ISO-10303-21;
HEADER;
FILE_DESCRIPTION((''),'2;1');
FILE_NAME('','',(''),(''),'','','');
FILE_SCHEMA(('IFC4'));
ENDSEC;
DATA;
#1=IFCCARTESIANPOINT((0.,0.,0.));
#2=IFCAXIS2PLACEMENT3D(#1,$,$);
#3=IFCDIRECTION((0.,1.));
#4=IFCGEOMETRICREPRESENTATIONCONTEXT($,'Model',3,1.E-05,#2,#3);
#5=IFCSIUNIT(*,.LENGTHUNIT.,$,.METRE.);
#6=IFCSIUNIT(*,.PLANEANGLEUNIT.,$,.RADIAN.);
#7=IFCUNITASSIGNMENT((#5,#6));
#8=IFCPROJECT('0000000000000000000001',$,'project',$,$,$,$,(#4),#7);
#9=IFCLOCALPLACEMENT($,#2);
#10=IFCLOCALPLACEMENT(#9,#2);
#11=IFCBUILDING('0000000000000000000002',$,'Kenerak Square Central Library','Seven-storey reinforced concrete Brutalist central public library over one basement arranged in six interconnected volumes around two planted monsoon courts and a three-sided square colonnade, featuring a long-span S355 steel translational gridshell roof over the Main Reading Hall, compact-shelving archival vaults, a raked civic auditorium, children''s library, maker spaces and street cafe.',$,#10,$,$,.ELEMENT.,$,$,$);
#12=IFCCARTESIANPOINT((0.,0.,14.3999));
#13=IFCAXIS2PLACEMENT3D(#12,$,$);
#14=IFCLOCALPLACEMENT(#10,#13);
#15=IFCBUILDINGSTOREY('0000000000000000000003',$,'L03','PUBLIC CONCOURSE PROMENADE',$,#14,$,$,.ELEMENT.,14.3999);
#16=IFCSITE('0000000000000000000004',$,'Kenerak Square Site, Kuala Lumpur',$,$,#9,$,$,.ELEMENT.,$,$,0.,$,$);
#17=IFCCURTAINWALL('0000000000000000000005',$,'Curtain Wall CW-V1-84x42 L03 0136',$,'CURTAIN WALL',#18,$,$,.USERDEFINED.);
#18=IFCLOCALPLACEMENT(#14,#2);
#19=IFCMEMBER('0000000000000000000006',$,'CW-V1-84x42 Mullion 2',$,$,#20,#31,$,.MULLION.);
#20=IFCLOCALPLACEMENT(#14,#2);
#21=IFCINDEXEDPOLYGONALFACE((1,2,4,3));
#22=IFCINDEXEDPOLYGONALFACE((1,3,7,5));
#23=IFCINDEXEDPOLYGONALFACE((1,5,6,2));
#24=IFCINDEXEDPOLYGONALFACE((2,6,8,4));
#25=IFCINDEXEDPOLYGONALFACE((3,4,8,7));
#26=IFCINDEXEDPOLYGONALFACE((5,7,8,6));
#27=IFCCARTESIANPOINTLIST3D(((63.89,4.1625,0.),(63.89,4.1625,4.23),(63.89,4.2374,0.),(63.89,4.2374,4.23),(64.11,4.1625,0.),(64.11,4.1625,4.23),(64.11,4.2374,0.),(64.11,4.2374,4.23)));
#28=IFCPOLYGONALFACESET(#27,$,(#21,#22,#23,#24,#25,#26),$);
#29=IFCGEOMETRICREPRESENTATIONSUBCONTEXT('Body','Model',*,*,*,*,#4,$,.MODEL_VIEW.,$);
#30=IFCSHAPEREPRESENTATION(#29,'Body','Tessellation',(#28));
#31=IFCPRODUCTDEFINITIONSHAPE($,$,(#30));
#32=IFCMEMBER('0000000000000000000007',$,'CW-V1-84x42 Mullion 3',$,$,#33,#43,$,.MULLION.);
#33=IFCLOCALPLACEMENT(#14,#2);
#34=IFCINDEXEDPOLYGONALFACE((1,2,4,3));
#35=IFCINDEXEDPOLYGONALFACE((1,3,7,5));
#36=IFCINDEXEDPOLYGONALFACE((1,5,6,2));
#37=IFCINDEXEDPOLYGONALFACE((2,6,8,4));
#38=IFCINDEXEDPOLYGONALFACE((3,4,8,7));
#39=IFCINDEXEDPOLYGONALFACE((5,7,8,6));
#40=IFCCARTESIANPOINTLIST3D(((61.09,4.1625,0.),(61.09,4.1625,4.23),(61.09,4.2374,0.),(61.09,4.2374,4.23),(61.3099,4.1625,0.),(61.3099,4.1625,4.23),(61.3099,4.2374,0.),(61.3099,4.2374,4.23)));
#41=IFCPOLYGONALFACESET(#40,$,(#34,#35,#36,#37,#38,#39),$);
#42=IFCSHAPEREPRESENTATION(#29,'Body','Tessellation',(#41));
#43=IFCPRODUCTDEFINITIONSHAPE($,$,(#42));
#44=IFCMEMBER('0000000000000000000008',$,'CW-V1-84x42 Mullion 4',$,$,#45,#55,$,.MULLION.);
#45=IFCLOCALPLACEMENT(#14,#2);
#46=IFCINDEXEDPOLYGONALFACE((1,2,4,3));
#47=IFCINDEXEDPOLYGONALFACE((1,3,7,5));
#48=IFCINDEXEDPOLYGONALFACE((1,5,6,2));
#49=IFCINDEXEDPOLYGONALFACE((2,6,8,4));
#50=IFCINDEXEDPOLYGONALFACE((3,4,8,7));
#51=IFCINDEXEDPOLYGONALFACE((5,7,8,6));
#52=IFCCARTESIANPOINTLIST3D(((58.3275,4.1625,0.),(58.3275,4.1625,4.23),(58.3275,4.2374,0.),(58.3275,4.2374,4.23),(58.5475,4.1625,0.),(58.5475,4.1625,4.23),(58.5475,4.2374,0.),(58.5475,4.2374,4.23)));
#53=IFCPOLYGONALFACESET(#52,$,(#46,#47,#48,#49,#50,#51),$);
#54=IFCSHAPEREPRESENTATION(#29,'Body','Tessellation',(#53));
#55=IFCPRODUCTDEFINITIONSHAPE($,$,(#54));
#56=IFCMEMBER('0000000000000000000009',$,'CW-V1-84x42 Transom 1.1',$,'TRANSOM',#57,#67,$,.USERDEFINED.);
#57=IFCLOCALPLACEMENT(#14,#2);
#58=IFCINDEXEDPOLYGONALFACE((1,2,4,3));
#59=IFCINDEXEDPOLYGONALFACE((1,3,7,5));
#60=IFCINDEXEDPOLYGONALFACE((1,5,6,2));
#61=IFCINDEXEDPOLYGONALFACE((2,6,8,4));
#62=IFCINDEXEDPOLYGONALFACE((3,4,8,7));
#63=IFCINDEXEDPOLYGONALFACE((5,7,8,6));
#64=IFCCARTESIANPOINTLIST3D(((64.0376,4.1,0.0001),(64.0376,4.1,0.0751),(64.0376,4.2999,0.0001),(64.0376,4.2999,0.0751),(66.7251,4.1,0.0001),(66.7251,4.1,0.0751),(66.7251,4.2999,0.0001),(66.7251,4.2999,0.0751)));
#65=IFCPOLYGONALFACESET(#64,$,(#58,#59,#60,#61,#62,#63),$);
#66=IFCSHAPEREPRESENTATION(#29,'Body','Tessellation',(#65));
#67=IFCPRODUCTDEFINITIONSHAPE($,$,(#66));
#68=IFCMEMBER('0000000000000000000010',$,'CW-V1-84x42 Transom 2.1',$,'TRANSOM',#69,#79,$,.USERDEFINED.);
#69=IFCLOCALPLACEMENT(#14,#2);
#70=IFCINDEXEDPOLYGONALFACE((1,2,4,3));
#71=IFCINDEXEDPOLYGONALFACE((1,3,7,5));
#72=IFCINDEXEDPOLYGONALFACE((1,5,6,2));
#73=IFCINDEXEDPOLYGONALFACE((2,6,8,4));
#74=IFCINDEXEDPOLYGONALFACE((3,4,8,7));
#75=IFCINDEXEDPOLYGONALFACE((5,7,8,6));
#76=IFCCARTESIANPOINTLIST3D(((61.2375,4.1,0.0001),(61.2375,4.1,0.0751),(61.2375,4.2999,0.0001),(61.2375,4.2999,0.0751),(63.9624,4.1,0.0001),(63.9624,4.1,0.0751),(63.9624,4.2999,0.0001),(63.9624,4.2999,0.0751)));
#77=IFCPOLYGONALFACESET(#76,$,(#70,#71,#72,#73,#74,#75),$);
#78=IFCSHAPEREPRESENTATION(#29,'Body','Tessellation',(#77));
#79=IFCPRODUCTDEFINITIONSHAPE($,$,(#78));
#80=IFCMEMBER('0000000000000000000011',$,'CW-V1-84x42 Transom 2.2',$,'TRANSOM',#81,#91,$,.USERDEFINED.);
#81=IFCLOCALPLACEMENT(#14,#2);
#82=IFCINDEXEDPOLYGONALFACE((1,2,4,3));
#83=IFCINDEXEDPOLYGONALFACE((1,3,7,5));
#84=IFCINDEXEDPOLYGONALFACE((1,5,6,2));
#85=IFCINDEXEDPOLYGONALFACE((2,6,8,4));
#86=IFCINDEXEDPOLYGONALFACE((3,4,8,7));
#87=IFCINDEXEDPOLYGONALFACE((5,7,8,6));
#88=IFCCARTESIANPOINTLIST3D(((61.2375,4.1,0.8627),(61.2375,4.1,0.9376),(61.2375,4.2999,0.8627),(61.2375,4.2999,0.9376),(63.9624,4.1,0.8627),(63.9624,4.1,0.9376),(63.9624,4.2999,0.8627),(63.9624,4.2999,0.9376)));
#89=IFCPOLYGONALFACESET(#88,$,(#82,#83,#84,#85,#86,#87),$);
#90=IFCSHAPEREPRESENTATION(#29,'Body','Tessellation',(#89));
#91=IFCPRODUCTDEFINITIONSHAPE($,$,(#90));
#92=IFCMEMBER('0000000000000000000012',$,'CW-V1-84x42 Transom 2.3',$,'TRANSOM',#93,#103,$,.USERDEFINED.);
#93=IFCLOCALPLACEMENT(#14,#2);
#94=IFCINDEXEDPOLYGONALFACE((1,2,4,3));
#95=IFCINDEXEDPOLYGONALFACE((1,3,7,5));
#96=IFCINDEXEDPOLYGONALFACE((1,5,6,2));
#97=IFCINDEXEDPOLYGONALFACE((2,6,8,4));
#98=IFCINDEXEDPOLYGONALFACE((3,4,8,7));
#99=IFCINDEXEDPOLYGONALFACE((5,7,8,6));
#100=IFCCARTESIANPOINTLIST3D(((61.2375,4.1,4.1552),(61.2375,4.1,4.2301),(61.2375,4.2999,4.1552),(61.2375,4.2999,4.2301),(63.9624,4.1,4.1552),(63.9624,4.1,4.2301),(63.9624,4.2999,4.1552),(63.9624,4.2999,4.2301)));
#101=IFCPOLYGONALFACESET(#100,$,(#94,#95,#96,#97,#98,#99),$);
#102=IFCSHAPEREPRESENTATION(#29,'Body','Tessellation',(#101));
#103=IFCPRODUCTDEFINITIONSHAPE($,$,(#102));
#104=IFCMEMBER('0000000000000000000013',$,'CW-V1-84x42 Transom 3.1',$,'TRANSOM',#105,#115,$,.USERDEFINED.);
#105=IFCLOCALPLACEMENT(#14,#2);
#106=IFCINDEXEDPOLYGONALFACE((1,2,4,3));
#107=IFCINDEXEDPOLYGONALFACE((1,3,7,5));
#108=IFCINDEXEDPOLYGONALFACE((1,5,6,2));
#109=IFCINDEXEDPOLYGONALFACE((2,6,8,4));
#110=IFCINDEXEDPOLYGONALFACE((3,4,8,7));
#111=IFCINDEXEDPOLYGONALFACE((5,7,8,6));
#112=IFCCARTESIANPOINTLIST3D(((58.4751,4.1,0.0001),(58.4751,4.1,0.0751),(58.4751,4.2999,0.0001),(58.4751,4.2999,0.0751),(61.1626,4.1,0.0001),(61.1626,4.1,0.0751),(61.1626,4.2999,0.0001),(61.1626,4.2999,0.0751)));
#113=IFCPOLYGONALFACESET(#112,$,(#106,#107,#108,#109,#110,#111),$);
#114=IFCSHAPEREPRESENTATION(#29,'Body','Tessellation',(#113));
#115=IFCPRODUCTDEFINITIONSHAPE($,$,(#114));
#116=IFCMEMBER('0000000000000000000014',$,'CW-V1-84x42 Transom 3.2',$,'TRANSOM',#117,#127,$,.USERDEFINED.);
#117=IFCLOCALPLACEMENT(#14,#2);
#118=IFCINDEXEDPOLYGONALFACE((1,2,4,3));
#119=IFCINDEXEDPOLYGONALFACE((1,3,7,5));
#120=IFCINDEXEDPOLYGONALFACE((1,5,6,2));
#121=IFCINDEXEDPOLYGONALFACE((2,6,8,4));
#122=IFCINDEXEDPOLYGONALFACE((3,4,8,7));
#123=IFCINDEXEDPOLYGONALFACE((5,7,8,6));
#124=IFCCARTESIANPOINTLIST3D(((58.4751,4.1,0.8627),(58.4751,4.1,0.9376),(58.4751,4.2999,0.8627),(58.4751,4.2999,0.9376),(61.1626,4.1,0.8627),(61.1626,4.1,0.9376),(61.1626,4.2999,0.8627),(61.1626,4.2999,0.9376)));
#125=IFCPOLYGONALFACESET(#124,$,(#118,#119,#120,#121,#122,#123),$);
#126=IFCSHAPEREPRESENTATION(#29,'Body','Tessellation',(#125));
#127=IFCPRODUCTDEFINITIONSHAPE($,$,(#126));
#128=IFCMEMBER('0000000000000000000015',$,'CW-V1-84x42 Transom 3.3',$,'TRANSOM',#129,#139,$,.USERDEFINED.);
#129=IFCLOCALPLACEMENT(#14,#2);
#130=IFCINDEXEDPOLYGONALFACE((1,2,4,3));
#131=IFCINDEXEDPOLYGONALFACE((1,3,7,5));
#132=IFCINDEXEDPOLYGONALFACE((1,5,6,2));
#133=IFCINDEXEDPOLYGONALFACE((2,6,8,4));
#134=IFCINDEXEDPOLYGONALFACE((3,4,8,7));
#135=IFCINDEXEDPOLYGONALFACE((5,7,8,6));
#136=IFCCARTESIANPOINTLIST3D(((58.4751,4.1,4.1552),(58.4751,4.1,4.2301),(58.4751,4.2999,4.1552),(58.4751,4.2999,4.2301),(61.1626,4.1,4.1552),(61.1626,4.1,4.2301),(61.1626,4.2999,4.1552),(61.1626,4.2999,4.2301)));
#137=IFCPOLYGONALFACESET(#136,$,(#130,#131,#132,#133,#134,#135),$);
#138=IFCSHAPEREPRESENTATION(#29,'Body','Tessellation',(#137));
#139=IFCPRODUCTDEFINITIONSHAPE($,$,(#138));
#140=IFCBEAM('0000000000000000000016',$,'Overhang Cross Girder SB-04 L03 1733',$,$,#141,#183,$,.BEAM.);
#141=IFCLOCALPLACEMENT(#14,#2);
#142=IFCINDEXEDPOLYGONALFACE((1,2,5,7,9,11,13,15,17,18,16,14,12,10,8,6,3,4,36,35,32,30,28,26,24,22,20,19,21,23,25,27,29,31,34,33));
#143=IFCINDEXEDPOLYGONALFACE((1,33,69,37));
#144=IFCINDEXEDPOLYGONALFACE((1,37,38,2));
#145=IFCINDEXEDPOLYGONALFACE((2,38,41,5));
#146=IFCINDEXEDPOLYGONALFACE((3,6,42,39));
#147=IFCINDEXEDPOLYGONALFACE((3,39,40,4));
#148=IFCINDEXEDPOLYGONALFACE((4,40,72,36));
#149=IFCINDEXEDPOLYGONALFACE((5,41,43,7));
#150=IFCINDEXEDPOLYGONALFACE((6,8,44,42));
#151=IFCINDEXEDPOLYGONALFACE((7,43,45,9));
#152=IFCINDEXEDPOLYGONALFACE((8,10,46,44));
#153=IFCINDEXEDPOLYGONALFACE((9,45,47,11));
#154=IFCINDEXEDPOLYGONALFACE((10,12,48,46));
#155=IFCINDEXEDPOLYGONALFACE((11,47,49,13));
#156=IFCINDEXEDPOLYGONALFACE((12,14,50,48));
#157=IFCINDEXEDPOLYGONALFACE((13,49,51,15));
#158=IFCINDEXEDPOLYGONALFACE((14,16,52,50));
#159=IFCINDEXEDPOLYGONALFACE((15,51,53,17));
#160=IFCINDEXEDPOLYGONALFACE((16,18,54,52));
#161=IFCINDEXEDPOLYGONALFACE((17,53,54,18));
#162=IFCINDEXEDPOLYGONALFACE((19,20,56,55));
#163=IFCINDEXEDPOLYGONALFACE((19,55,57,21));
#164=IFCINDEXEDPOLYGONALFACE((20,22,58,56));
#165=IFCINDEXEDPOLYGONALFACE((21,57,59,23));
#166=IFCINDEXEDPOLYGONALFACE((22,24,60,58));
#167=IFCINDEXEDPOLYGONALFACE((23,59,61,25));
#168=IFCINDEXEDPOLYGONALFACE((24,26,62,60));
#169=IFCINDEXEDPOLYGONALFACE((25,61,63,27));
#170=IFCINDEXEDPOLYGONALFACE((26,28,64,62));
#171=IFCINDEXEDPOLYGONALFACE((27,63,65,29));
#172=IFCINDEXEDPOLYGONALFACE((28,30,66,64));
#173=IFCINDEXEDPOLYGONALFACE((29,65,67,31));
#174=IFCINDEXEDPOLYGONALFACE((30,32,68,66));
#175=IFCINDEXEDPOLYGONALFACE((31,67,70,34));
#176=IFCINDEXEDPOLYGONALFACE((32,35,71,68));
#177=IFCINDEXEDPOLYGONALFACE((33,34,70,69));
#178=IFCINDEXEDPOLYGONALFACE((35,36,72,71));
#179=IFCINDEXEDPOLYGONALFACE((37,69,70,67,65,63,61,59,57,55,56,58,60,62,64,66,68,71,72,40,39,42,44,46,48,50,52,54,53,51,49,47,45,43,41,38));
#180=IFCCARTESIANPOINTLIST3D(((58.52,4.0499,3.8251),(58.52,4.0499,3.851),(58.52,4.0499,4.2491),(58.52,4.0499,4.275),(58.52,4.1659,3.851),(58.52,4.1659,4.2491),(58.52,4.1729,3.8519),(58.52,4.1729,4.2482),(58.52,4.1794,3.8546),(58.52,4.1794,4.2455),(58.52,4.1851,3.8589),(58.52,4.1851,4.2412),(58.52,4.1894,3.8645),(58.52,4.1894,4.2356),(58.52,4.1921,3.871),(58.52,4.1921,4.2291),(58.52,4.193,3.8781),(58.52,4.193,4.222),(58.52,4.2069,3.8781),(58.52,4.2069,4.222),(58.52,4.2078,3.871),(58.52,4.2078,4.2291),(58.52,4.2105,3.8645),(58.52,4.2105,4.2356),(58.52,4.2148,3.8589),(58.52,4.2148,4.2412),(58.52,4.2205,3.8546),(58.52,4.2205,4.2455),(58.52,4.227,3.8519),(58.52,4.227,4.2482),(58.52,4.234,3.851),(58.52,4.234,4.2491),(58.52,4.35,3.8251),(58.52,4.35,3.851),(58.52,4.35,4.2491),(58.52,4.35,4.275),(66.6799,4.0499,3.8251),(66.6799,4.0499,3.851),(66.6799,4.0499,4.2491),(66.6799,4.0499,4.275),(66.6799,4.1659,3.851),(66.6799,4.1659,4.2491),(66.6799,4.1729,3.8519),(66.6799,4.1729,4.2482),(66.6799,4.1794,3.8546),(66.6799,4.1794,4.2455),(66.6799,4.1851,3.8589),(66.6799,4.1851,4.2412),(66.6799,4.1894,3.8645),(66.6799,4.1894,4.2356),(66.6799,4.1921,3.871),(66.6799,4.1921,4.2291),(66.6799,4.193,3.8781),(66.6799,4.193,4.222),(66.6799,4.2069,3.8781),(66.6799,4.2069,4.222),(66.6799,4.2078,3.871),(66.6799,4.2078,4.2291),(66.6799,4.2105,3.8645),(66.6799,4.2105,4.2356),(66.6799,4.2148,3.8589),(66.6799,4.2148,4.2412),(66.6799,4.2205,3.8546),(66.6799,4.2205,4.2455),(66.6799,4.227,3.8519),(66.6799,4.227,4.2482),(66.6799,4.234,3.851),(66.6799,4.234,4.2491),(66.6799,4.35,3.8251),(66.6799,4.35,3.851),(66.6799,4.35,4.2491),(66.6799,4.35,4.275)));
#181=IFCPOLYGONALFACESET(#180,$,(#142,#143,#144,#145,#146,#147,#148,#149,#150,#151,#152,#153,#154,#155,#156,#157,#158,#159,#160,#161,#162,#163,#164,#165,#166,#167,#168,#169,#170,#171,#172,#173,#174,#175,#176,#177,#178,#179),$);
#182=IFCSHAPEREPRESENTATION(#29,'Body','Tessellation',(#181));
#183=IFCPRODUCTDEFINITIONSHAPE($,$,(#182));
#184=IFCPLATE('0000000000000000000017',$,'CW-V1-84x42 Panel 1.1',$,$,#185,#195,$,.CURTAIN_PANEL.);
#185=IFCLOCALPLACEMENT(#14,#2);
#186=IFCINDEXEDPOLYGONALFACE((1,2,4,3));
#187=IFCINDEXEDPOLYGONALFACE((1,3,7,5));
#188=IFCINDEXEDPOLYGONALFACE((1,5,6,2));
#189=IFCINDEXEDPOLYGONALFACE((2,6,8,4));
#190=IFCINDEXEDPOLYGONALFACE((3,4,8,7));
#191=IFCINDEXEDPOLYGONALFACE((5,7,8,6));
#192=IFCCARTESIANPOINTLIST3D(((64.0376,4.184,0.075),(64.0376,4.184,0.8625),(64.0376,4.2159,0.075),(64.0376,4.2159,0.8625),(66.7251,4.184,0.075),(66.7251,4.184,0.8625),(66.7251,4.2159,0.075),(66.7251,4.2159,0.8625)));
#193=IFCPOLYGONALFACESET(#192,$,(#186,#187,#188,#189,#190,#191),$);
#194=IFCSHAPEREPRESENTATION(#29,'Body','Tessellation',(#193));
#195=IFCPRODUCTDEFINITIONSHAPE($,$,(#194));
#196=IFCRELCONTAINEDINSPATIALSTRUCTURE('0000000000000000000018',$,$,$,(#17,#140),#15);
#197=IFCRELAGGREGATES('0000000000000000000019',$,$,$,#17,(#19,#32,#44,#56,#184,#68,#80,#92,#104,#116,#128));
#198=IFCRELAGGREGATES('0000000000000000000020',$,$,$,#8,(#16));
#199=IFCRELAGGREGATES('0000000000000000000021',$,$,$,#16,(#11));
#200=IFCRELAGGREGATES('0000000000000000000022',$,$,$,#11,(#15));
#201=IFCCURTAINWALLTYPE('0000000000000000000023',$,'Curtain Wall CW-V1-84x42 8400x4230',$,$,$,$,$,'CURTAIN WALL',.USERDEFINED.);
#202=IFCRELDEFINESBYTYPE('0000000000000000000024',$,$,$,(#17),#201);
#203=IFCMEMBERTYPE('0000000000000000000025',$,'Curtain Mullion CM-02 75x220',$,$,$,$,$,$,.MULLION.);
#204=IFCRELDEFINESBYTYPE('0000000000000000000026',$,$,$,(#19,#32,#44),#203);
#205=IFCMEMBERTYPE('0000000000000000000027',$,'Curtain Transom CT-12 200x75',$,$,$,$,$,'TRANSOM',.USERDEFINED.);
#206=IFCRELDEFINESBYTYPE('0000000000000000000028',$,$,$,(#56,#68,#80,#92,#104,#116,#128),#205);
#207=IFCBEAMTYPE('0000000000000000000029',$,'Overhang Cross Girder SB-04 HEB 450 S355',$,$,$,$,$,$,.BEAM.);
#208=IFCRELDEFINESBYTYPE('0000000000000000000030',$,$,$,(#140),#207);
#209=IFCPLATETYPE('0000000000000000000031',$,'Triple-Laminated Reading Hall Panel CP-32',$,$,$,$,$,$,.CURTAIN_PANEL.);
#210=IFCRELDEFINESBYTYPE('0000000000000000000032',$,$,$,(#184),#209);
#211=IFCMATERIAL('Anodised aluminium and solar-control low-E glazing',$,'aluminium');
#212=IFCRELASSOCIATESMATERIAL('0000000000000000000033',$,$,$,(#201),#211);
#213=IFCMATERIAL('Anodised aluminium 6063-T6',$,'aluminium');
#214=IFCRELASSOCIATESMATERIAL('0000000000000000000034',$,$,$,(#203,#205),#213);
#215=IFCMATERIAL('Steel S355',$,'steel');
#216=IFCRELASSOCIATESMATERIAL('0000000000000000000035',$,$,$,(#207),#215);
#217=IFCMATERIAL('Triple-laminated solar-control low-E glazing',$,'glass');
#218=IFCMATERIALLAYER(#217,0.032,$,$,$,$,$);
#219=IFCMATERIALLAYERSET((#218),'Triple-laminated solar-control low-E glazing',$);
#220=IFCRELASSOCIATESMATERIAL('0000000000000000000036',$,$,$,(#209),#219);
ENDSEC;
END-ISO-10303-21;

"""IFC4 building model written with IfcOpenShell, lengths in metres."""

from ifc_helpers import new_model, si_unit, direction, frame, origin, origin_2d, place, context, subcontext, project, spatial, rectangle, i_section, extrude, material, layer, layer_set, material_profile, profile_set, type_object, element, aggregate, save


model = new_model("IFC4")

# Units and contexts
model_context = context("Model", 3, precision=1e-05, world=origin(), true_north=direction((0.0, 1.0)))
body_context = subcontext(model_context, "Body", "Model", "MODEL_VIEW")
ifc_project = project(units=[si_unit("LENGTHUNIT", "METRE"), si_unit("PLANEANGLEUNIT", "RADIAN")], contexts=[model_context])

# Site, building, storey
site_placement = place(None, origin())
site = spatial("IfcSite", under=ifc_project, at=site_placement, Name="Kenerak Square Site, Kuala Lumpur", CompositionType="ELEMENT", RefElevation=0.0)
building_placement = place(site_placement, origin())
building = spatial("IfcBuilding", under=site, at=building_placement, Name="Kenerak Square Central Library", Description="Seven-storey reinforced concrete Brutalist central public library over one basement arranged in six interconnected volumes around two planted monsoon courts and a three-sided square colonnade, featuring a long-span S355 steel translational gridshell roof over the Main Reading Hall, compact-shelving archival vaults, a raked civic auditorium, children's library, maker spaces and street cafe.", CompositionType="ELEMENT")
storey_placement = place(building_placement, frame((0.0, 0.0, 14.3999)))
storey = spatial("IfcBuildingStorey", under=building, at=storey_placement, Name="L03", Description="PUBLIC CONCOURSE PROMENADE", CompositionType="ELEMENT", Elevation=14.3999)

# Curtain wall, members
ifc_material_1 = material(Name="Anodised aluminium and solar-control low-E glazing", Category="aluminium")
curtain_wall_type = type_object("IfcCurtainWallType", Name="Curtain Wall CW-V1-84x42 8400x4230", ElementType="CURTAIN WALL", PredefinedType="USERDEFINED", material=ifc_material_1)
curtain_wall_placement = place(storey_placement, origin())
curtain_wall = element("IfcCurtainWall", 1, at=curtain_wall_placement, inside=storey, type_object=curtain_wall_type, Name="Curtain Wall CW-V1-84x42 L03 0136", ObjectType="CURTAIN WALL", PredefinedType="USERDEFINED")
ifc_material_2 = material(Name="Anodised aluminium 6063-T6", Category="aluminium")
ifc_material_profile_1 = material_profile(ifc_material_2, rectangle(XDim=0.075, YDim=0.22, at=origin_2d()), Name="AL MULLION 75x220")
ifc_profile_set_1 = profile_set([ifc_material_profile_1], Name="Anodised aluminium 6063-T6")
member_type_1 = type_object("IfcMemberType", Name="Curtain Mullion CM-02 75x220", PredefinedType="MULLION", material=ifc_profile_set_1)
member_1_placement = place(storey_placement, frame((64.0, 4.2, 0.0), z_axis=(0.0, 0.0, 1.0), x_axis=(0.0, -1.0, 0.0)))
member_1 = element("IfcMember", 2, at=member_1_placement, type_object=member_type_1, Name="CW-V1-84x42 Mullion 2", PredefinedType="MULLION", context=body_context, shape_type="SweptSolid", body=[
    extrude(rectangle(XDim=0.075, YDim=0.22, at=origin_2d()), origin(), (0.0, 0.0, 1.0), 4.23),
])
member_2_placement = place(storey_placement, frame((61.2, 4.2, 0.0), z_axis=(0.0, 0.0, 1.0), x_axis=(0.0, -1.0, 0.0)))
member_2 = element("IfcMember", 3, at=member_2_placement, type_object=member_type_1, Name="CW-V1-84x42 Mullion 3", PredefinedType="MULLION", context=body_context, shape_type="SweptSolid", body=[
    extrude(rectangle(XDim=0.075, YDim=0.22, at=origin_2d()), origin(), (0.0, 0.0, 1.0), 4.23),
])
member_3_placement = place(storey_placement, frame((58.4375, 4.2, 0.0), z_axis=(0.0, 0.0, 1.0), x_axis=(0.0, -1.0, 0.0)))
member_3 = element("IfcMember", 4, at=member_3_placement, type_object=member_type_1, Name="CW-V1-84x42 Mullion 4", PredefinedType="MULLION", context=body_context, shape_type="SweptSolid", body=[
    extrude(rectangle(XDim=0.075, YDim=0.22, at=origin_2d()), origin(), (0.0, 0.0, 1.0), 4.23),
])
ifc_material_profile_2 = material_profile(ifc_material_2, rectangle(XDim=0.2, YDim=0.075, at=origin_2d()), Name="AL TRANSOM 200x75")
ifc_profile_set_2 = profile_set([ifc_material_profile_2], Name="Anodised aluminium 6063-T6")
member_type_2 = type_object("IfcMemberType", Name="Curtain Transom CT-12 200x75", ElementType="TRANSOM", PredefinedType="USERDEFINED", material=ifc_profile_set_2)
member_4_placement = place(storey_placement, frame((66.7251, 4.2, 0.0376), z_axis=(-1.0, 0.0, 0.0), x_axis=(0.0, -1.0, 0.0)))
member_4 = element("IfcMember", 5, at=member_4_placement, type_object=member_type_2, Name="CW-V1-84x42 Transom 1.1", ObjectType="TRANSOM", PredefinedType="USERDEFINED", context=body_context, shape_type="SweptSolid", body=[
    extrude(rectangle(XDim=0.2, YDim=0.075, at=origin_2d()), origin(), (0.0, 0.0, 1.0), 2.6875),
])
member_5_placement = place(storey_placement, frame((63.9624, 4.2, 0.0376), z_axis=(-1.0, 0.0, 0.0), x_axis=(0.0, -1.0, 0.0)))
member_5 = element("IfcMember", 6, at=member_5_placement, type_object=member_type_2, Name="CW-V1-84x42 Transom 2.1", ObjectType="TRANSOM", PredefinedType="USERDEFINED", context=body_context, shape_type="SweptSolid", body=[
    extrude(rectangle(XDim=0.2, YDim=0.075, at=origin_2d()), origin(), (0.0, 0.0, 1.0), 2.7249),
])
member_6_placement = place(storey_placement, frame((63.9624, 4.2, 0.9001), z_axis=(-1.0, 0.0, 0.0), x_axis=(0.0, -1.0, 0.0)))
member_6 = element("IfcMember", 7, at=member_6_placement, type_object=member_type_2, Name="CW-V1-84x42 Transom 2.2", ObjectType="TRANSOM", PredefinedType="USERDEFINED", context=body_context, shape_type="SweptSolid", body=[
    extrude(rectangle(XDim=0.2, YDim=0.075, at=origin_2d()), origin(), (0.0, 0.0, 1.0), 2.7249),
])
member_7_placement = place(storey_placement, frame((63.9624, 4.2, 4.1926), z_axis=(-1.0, 0.0, 0.0), x_axis=(0.0, -1.0, 0.0)))
member_7 = element("IfcMember", 8, at=member_7_placement, type_object=member_type_2, Name="CW-V1-84x42 Transom 2.3", ObjectType="TRANSOM", PredefinedType="USERDEFINED", context=body_context, shape_type="SweptSolid", body=[
    extrude(rectangle(XDim=0.2, YDim=0.075, at=origin_2d()), origin(), (0.0, 0.0, 1.0), 2.7249),
])
member_8_placement = place(storey_placement, frame((61.1626, 4.2, 0.0376), z_axis=(-1.0, 0.0, 0.0), x_axis=(0.0, -1.0, 0.0)))
member_8 = element("IfcMember", 9, at=member_8_placement, type_object=member_type_2, Name="CW-V1-84x42 Transom 3.1", ObjectType="TRANSOM", PredefinedType="USERDEFINED", context=body_context, shape_type="SweptSolid", body=[
    extrude(rectangle(XDim=0.2, YDim=0.075, at=origin_2d()), origin(), (0.0, 0.0, 1.0), 2.6875),
])
member_9_placement = place(storey_placement, frame((61.1626, 4.2, 0.9001), z_axis=(-1.0, 0.0, 0.0), x_axis=(0.0, -1.0, 0.0)))
member_9 = element("IfcMember", 10, at=member_9_placement, type_object=member_type_2, Name="CW-V1-84x42 Transom 3.2", ObjectType="TRANSOM", PredefinedType="USERDEFINED", context=body_context, shape_type="SweptSolid", body=[
    extrude(rectangle(XDim=0.2, YDim=0.075, at=origin_2d()), origin(), (0.0, 0.0, 1.0), 2.6875),
])
member_10_placement = place(storey_placement, frame((61.1626, 4.2, 4.1926), z_axis=(-1.0, 0.0, 0.0), x_axis=(0.0, -1.0, 0.0)))
member_10 = element("IfcMember", 11, at=member_10_placement, type_object=member_type_2, Name="CW-V1-84x42 Transom 3.3", ObjectType="TRANSOM", PredefinedType="USERDEFINED", context=body_context, shape_type="SweptSolid", body=[
    extrude(rectangle(XDim=0.2, YDim=0.075, at=origin_2d()), origin(), (0.0, 0.0, 1.0), 2.6875),
])

# Beam
ifc_material_3 = material(Name="Steel S355", Category="steel")
ifc_material_profile_3 = material_profile(ifc_material_3, i_section(OverallWidth=0.3, OverallDepth=0.45, WebThickness=0.0139, FlangeThickness=0.0259, FilletRadius=0.0271, at=origin_2d()), Name="HEB 450")
ifc_profile_set_3 = profile_set([ifc_material_profile_3], Name="Steel S355")
beam_type = type_object("IfcBeamType", Name="Overhang Cross Girder SB-04 HEB 450 S355", PredefinedType="BEAM", material=ifc_profile_set_3)
beam_placement = place(storey_placement, frame((58.52, 4.2, 4.05), z_axis=(1.0, 0.0, 0.0), x_axis=(0.0, 1.0, 0.0)))
element("IfcBeam", 12, at=beam_placement, inside=storey, type_object=beam_type, Name="Overhang Cross Girder SB-04 L03 1733", PredefinedType="BEAM", context=body_context, shape_type="SweptSolid", body=[
    extrude(i_section(OverallWidth=0.3, OverallDepth=0.45, WebThickness=0.0139, FlangeThickness=0.0259, FilletRadius=0.0271, at=origin_2d()), origin(), (0.0, 0.0, 1.0), 8.1599),
])

# Plate
ifc_material_4 = material(Name="Triple-laminated solar-control low-E glazing", Category="glass")
ifc_layer = layer(ifc_material_4, 0.032)
ifc_layer_set = layer_set([ifc_layer], Name="Triple-laminated solar-control low-E glazing")
plate_type = type_object("IfcPlateType", Name="Triple-Laminated Reading Hall Panel CP-32", PredefinedType="CURTAIN_PANEL", material=ifc_layer_set)
plate_1_placement = place(storey_placement, frame((65.3813, 4.2, 0.075), z_axis=(0.0, 0.0, 1.0), x_axis=(-1.0, 0.0, 0.0)))
plate_1 = element("IfcPlate", 13, at=plate_1_placement, type_object=plate_type, Name="CW-V1-84x42 Panel 1.1", PredefinedType="CURTAIN_PANEL", context=body_context, shape_type="SweptSolid", body=[
    extrude(rectangle(XDim=2.6875, YDim=0.032, at=origin_2d()), origin(), (0.0, 0.0, 1.0), 0.7876),
])
aggregate(curtain_wall, [member_1, member_2, member_3, member_4, plate_1, member_5, member_6, member_7, member_8, member_9, member_10])

save(model, "model.ifc")
